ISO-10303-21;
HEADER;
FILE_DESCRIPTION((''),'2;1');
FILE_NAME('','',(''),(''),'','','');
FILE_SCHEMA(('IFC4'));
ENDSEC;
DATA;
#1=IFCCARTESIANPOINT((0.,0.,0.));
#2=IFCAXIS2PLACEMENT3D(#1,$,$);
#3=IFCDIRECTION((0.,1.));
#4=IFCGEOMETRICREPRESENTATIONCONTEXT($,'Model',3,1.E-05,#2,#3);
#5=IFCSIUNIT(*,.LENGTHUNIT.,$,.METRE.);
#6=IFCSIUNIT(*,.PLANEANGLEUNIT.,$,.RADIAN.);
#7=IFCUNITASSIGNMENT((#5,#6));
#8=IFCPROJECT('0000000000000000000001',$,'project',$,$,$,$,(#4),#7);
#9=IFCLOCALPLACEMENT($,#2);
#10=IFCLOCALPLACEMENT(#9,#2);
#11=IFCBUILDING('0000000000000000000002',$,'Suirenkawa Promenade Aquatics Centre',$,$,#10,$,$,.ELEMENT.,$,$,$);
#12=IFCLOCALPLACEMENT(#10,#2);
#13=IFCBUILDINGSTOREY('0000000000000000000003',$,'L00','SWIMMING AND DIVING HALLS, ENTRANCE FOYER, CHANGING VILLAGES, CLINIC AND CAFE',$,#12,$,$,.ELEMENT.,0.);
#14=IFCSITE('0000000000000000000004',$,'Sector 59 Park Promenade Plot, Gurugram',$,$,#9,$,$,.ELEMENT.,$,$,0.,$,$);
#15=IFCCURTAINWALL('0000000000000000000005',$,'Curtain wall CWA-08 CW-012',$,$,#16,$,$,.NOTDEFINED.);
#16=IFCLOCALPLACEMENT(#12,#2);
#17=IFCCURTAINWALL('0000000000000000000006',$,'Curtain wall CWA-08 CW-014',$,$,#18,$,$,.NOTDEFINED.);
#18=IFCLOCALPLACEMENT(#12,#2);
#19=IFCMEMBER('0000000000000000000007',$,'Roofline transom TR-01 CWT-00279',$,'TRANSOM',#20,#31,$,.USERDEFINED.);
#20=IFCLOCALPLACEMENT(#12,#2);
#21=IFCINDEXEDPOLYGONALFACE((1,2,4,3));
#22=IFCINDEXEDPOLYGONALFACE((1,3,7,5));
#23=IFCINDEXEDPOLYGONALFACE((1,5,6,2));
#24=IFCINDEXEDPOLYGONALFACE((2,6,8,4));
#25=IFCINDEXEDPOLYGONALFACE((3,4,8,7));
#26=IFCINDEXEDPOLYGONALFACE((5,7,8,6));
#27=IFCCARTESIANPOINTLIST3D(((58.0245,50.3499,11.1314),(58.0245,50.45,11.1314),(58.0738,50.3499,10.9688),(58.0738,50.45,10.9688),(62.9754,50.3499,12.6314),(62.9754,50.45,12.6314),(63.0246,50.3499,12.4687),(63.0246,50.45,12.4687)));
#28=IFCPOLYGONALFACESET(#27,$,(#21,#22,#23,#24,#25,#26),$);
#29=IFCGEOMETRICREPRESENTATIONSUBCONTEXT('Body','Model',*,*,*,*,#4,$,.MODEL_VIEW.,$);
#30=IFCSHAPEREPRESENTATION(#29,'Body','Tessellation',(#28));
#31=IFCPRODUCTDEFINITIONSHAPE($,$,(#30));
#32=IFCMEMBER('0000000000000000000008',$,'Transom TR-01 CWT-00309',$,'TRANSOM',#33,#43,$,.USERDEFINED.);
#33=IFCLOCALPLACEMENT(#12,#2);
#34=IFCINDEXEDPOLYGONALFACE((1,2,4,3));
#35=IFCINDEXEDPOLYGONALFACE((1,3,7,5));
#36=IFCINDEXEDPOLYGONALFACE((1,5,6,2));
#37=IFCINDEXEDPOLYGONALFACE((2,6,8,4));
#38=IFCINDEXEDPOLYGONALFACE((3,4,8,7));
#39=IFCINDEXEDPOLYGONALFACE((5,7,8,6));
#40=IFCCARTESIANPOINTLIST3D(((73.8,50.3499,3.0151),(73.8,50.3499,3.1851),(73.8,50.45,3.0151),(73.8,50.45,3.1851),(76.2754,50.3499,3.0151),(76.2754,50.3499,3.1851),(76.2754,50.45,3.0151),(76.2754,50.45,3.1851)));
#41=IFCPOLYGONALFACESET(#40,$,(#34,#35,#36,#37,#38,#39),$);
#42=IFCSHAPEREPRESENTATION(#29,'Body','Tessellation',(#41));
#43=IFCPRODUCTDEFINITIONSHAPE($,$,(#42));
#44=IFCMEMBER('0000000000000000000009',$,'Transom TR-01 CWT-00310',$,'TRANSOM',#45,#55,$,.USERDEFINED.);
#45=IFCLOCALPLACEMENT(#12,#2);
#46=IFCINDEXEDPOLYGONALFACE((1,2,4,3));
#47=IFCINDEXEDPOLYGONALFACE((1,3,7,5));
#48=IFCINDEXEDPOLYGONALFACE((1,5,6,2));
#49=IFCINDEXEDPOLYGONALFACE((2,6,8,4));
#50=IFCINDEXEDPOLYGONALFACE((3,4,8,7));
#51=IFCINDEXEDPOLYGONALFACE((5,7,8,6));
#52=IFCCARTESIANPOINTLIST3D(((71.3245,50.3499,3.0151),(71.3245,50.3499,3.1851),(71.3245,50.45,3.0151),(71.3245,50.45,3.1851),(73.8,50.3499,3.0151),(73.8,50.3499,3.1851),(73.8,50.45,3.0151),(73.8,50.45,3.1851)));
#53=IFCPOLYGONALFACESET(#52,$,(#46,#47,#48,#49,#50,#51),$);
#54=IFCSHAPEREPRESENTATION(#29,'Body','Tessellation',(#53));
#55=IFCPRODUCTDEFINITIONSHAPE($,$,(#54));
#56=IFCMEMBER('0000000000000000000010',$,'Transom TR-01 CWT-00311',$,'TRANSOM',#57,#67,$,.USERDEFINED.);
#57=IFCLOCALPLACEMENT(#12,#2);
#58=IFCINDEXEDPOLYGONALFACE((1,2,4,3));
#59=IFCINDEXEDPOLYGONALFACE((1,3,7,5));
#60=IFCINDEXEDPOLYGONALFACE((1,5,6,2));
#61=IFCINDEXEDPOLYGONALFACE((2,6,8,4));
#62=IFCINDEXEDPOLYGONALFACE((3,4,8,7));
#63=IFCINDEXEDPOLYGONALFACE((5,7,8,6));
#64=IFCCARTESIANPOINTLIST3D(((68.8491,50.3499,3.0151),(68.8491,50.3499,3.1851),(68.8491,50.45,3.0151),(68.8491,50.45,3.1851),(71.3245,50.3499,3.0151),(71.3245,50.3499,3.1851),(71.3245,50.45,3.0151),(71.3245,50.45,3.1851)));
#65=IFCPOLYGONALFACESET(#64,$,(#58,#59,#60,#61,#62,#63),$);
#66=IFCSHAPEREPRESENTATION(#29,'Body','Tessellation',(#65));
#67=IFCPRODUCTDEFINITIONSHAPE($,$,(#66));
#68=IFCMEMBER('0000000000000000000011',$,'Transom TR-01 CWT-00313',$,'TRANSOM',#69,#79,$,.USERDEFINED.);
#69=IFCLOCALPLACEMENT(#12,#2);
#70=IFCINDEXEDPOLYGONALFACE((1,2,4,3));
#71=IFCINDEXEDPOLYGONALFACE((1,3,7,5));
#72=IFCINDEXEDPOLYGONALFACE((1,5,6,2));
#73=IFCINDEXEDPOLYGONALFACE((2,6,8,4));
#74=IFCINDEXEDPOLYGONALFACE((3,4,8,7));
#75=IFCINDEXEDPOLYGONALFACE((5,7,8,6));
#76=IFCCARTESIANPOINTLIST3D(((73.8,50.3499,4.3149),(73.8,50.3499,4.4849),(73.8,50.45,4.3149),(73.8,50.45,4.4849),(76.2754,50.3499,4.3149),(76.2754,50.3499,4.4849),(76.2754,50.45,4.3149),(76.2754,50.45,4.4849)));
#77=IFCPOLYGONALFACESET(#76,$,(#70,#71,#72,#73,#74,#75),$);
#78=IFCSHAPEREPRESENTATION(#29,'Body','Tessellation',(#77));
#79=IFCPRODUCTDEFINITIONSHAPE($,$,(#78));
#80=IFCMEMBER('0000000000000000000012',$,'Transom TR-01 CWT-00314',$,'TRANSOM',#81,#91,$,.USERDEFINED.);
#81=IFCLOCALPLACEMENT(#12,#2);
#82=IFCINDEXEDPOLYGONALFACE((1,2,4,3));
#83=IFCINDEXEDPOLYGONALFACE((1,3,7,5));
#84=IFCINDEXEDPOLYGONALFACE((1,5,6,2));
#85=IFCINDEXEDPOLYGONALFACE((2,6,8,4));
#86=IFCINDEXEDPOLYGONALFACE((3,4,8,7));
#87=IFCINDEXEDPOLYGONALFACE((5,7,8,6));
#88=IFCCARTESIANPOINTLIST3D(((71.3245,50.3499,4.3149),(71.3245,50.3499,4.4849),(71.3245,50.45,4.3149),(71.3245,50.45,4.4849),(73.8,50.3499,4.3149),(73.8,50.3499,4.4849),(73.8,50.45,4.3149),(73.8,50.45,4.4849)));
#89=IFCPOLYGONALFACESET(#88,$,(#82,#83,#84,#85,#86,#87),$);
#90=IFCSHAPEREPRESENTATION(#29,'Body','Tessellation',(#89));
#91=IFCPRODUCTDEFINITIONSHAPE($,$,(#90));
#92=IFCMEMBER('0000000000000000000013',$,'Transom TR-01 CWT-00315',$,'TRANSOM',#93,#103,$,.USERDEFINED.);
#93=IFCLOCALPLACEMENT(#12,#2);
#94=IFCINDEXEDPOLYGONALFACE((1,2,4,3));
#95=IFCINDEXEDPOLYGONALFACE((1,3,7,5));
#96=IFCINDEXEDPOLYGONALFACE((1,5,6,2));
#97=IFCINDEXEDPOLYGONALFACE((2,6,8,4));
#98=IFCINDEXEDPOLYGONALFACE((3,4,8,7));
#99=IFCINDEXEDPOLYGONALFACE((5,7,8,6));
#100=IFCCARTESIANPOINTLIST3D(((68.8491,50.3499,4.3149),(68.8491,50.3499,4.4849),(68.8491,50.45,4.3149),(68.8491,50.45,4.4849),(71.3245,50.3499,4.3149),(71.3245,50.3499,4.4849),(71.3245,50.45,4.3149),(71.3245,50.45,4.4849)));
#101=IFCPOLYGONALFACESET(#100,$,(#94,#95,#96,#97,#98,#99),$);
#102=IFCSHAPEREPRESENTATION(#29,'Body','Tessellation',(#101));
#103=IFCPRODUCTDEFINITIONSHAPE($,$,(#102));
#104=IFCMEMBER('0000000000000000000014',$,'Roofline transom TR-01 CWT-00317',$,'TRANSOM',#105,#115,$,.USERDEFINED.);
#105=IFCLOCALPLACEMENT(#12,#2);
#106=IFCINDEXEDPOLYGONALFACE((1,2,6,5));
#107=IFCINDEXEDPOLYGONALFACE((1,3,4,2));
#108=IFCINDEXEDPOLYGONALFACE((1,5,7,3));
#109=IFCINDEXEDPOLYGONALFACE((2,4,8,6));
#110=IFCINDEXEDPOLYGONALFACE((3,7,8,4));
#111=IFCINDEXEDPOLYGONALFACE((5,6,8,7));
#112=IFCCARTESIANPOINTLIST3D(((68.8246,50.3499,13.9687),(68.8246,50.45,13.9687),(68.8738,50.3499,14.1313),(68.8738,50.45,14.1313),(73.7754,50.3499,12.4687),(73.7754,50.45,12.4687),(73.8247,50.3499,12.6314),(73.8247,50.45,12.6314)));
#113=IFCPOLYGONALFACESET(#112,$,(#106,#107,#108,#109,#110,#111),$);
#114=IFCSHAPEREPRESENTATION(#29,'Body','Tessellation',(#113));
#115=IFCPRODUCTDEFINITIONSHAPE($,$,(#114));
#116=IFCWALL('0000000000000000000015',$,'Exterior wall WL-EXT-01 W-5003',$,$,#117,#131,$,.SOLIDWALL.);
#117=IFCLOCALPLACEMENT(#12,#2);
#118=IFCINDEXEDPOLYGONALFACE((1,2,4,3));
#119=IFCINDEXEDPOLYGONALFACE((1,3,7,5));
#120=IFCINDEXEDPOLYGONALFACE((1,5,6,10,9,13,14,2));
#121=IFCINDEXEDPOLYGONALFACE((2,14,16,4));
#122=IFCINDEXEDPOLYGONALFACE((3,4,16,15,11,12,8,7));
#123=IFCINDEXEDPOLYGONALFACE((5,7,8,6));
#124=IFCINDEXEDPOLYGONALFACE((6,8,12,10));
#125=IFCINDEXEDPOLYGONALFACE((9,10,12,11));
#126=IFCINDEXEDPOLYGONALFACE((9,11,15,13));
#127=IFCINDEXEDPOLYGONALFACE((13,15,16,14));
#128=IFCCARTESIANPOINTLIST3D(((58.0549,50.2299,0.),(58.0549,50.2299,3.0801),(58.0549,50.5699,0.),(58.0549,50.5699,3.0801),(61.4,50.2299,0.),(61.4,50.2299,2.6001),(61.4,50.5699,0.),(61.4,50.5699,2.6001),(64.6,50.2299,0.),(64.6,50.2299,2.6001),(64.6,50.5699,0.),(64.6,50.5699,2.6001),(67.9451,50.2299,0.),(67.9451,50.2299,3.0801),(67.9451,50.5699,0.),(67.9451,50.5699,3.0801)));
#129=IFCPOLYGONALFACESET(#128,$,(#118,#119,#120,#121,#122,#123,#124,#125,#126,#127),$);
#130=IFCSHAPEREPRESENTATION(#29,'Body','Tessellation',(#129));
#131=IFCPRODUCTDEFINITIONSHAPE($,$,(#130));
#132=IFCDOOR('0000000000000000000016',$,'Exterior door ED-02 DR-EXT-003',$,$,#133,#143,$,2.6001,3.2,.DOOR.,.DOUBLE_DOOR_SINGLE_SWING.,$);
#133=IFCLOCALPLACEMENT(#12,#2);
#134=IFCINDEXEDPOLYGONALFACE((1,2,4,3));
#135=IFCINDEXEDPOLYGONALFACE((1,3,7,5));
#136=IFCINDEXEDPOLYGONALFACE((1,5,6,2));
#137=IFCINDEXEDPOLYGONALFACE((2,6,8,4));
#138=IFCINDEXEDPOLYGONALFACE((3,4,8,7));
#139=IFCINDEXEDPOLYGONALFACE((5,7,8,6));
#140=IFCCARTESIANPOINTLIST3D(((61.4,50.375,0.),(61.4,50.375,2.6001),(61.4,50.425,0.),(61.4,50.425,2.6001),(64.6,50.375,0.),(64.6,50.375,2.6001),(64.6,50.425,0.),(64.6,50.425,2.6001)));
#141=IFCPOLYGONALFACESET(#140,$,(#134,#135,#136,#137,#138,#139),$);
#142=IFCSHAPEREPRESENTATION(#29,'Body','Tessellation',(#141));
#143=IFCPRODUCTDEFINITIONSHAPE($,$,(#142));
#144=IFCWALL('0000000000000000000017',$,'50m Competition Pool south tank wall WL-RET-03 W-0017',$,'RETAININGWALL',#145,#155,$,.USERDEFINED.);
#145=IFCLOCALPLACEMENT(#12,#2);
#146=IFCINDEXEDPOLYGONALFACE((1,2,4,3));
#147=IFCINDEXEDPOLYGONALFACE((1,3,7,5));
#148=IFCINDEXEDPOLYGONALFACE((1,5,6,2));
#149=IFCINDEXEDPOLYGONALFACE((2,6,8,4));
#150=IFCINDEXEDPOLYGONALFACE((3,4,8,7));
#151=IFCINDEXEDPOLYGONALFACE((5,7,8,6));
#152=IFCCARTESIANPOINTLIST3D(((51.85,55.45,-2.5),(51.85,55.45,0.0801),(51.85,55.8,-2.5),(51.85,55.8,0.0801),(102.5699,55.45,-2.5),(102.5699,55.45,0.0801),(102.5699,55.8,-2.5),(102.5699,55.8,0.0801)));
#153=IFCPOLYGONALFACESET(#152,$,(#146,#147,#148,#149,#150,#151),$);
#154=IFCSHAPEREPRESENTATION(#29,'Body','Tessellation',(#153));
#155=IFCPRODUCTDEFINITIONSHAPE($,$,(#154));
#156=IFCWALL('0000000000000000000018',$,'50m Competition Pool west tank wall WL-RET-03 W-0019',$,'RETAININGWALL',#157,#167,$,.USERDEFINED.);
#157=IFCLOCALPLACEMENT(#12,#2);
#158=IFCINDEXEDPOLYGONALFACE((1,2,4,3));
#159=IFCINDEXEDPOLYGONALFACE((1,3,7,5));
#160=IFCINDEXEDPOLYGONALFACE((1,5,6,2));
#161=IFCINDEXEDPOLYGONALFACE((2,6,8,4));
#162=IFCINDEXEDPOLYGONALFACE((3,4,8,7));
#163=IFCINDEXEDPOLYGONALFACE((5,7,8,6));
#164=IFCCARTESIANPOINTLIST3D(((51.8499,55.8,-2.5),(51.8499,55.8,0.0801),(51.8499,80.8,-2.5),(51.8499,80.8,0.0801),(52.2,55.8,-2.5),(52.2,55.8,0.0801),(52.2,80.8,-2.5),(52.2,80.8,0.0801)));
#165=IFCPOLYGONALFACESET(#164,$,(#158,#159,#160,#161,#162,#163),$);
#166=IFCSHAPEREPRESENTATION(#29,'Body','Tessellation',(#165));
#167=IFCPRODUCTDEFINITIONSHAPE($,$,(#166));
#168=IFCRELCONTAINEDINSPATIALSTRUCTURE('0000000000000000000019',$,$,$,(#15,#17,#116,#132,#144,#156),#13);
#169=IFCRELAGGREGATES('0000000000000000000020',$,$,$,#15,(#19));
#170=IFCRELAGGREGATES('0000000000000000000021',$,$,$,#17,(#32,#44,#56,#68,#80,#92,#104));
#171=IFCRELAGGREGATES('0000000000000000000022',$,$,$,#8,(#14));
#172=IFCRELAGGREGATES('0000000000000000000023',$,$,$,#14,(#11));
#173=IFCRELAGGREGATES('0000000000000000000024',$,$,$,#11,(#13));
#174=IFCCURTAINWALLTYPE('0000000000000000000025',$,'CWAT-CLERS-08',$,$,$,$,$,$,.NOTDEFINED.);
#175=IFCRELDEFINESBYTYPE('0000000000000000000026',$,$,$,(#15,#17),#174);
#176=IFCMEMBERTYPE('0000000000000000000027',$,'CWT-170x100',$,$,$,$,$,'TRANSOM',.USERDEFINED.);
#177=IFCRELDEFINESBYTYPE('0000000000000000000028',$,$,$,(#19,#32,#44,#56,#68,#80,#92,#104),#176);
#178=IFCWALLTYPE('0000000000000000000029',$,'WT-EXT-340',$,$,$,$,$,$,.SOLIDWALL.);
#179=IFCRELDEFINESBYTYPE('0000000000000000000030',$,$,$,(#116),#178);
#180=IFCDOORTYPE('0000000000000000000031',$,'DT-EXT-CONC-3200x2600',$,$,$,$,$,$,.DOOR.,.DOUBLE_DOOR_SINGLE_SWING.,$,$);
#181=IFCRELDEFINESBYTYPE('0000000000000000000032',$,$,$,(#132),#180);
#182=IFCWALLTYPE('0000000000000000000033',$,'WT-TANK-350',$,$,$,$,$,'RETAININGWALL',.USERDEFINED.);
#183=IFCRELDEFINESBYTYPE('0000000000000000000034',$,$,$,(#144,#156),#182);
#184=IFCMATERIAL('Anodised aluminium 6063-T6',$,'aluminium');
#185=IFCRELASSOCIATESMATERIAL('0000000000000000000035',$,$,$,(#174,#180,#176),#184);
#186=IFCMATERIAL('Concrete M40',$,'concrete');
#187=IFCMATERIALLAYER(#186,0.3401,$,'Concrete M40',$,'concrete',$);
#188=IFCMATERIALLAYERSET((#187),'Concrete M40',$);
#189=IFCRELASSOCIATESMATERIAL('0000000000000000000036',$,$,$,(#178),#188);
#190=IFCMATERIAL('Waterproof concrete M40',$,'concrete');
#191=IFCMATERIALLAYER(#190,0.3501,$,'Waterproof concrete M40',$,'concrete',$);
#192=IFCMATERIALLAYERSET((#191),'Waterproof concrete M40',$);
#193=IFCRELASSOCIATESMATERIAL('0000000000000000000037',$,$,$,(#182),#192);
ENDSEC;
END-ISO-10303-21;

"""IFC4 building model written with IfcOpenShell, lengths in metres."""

from ifc_helpers import new_model, si_unit, direction, frame, frame_2d, origin, origin_2d, place, context, subcontext, project, spatial, rectangle, extrude, material, layer, layer_set, material_profile, profile_set, type_object, element, fill, aggregate, save


model = new_model("IFC4")

# Units and contexts
model_context = context("Model", 3, precision=1e-05, world=origin(), true_north=direction((0.0, 1.0)))
body_context = subcontext(model_context, "Body", "Model", "MODEL_VIEW")
ifc_project = project(units=[si_unit("LENGTHUNIT", "METRE"), si_unit("PLANEANGLEUNIT", "RADIAN")], contexts=[model_context])

# Site, building, storey
site_placement = place(None, origin())
site = spatial("IfcSite", under=ifc_project, at=site_placement, Name="Sector 59 Park Promenade Plot, Gurugram", CompositionType="ELEMENT", RefElevation=0.0)
building_placement = place(site_placement, origin())
building = spatial("IfcBuilding", under=site, at=building_placement, Name="Suirenkawa Promenade Aquatics Centre", CompositionType="ELEMENT")
storey_placement = place(building_placement, origin())
storey = spatial("IfcBuildingStorey", under=building, at=storey_placement, Name="L00", Description="SWIMMING AND DIVING HALLS, ENTRANCE FOYER, CHANGING VILLAGES, CLINIC AND CAFE", CompositionType="ELEMENT", Elevation=0.0)

# Shared definitions
ifc_material_1 = material(Name="Concrete M40", Category="concrete")

# Curtain walls
ifc_material_2 = material(Name="Anodised aluminium 6063-T6", Category="aluminium")
curtain_wall_type = type_object("IfcCurtainWallType", Name="CWAT-CLERS-08", PredefinedType="NOTDEFINED", material=ifc_material_2)
curtain_wall_1_placement = place(storey_placement, origin())
curtain_wall_1 = element("IfcCurtainWall", 1, at=curtain_wall_1_placement, inside=storey, type_object=curtain_wall_type, Name="Curtain wall CWA-08 CW-012", PredefinedType="NOTDEFINED")
curtain_wall_2_placement = place(storey_placement, origin())
curtain_wall_2 = element("IfcCurtainWall", 2, at=curtain_wall_2_placement, inside=storey, type_object=curtain_wall_type, Name="Curtain wall CWA-08 CW-014", PredefinedType="NOTDEFINED")

# Members
ifc_material_profile_1 = material_profile(ifc_material_2, rectangle(XDim=0.1001, YDim=0.1699, at=origin_2d()), Name="ALU TRAN 100x170", Category="aluminium")
ifc_profile_set_1 = profile_set([ifc_material_profile_1], Name="Anodised aluminium 6063-T6")
member_type_1 = type_object("IfcMemberType", Name="CWT-170x100", ElementType="TRANSOM", PredefinedType="USERDEFINED", material=ifc_profile_set_1)
member_1_placement = place(storey_placement, frame((63.0, 50.3999, 12.55), z_axis=(-0.957039, 0.0, -0.289958), x_axis=(0.0, -1.0, 0.0)))
member_1 = element("IfcMember", 3, at=member_1_placement, type_object=member_type_1, Name="Roofline transom TR-01 CWT-00279", ObjectType="TRANSOM", PredefinedType="USERDEFINED", context=body_context, shape_type="SweptSolid", body=[
    extrude(rectangle(XDim=0.1001, YDim=0.1699, at=origin_2d()), origin(), (0.0, 0.0, 1.0), 5.1731),
])
member_2_placement = place(storey_placement, frame((76.2754, 50.3999, 3.1001), z_axis=(-1.0, 0.0, 0.0), x_axis=(0.0, -1.0, 0.0)))
member_2 = element("IfcMember", 4, at=member_2_placement, type_object=member_type_1, Name="Transom TR-01 CWT-00309", ObjectType="TRANSOM", PredefinedType="USERDEFINED", context=body_context, shape_type="SweptSolid", body=[
    extrude(rectangle(XDim=0.1001, YDim=0.1699, at=origin_2d()), origin(), (0.0, 0.0, 1.0), 2.4753),
])
member_3_placement = place(storey_placement, frame((73.8, 50.3999, 3.1001), z_axis=(-1.0, 0.0, 0.0), x_axis=(0.0, -1.0, 0.0)))
member_3 = element("IfcMember", 5, at=member_3_placement, type_object=member_type_1, Name="Transom TR-01 CWT-00310", ObjectType="TRANSOM", PredefinedType="USERDEFINED", context=body_context, shape_type="SweptSolid", body=[
    extrude(rectangle(XDim=0.1001, YDim=0.1699, at=origin_2d()), origin(), (0.0, 0.0, 1.0), 2.4756),
])
member_4_placement = place(storey_placement, frame((71.3245, 50.3999, 3.1001), z_axis=(-1.0, 0.0, 0.0), x_axis=(0.0, -1.0, 0.0)))
member_4 = element("IfcMember", 6, at=member_4_placement, type_object=member_type_1, Name="Transom TR-01 CWT-00311", ObjectType="TRANSOM", PredefinedType="USERDEFINED", context=body_context, shape_type="SweptSolid", body=[
    extrude(rectangle(XDim=0.1001, YDim=0.1699, at=origin_2d()), origin(), (0.0, 0.0, 1.0), 2.4753),
])
member_5_placement = place(storey_placement, frame((76.2754, 50.3999, 4.3999), z_axis=(-1.0, 0.0, 0.0), x_axis=(0.0, -1.0, 0.0)))
member_5 = element("IfcMember", 7, at=member_5_placement, type_object=member_type_1, Name="Transom TR-01 CWT-00313", ObjectType="TRANSOM", PredefinedType="USERDEFINED", context=body_context, shape_type="SweptSolid", body=[
    extrude(rectangle(XDim=0.1001, YDim=0.1699, at=origin_2d()), origin(), (0.0, 0.0, 1.0), 2.4753),
])
member_6_placement = place(storey_placement, frame((73.8, 50.3999, 4.3999), z_axis=(-1.0, 0.0, 0.0), x_axis=(0.0, -1.0, 0.0)))
member_6 = element("IfcMember", 8, at=member_6_placement, type_object=member_type_1, Name="Transom TR-01 CWT-00314", ObjectType="TRANSOM", PredefinedType="USERDEFINED", context=body_context, shape_type="SweptSolid", body=[
    extrude(rectangle(XDim=0.1001, YDim=0.1699, at=origin_2d()), origin(), (0.0, 0.0, 1.0), 2.4756),
])
member_7_placement = place(storey_placement, frame((71.3245, 50.3999, 4.3999), z_axis=(-1.0, 0.0, 0.0), x_axis=(0.0, -1.0, 0.0)))
member_7 = element("IfcMember", 9, at=member_7_placement, type_object=member_type_1, Name="Transom TR-01 CWT-00315", ObjectType="TRANSOM", PredefinedType="USERDEFINED", context=body_context, shape_type="SweptSolid", body=[
    extrude(rectangle(XDim=0.1001, YDim=0.1699, at=origin_2d()), origin(), (0.0, 0.0, 1.0), 2.4753),
])
member_8_placement = place(storey_placement, frame((73.8, 50.3999, 12.55), z_axis=(-0.957039, 0.0, 0.289958), x_axis=(0.0, -1.0, 0.0)))
member_8 = element("IfcMember", 10, at=member_8_placement, type_object=member_type_1, Name="Roofline transom TR-01 CWT-00317", ObjectType="TRANSOM", PredefinedType="USERDEFINED", context=body_context, shape_type="SweptSolid", body=[
    extrude(rectangle(XDim=0.1001, YDim=0.1699, at=origin_2d()), origin(), (0.0, 0.0, 1.0), 5.1731),
])

aggregate(curtain_wall_1, [member_1])
aggregate(curtain_wall_2, [member_2, member_3, member_4, member_5, member_6, member_7, member_8])

# Wall, opening, door
ifc_layer_1 = layer(ifc_material_1, 0.3401, Name="Concrete M40", Category="concrete")
ifc_layer_set_1 = layer_set([ifc_layer_1], Name="Concrete M40")
wall_type_1 = type_object("IfcWallType", Name="WT-EXT-340", PredefinedType="SOLIDWALL", material=ifc_layer_set_1)
wall_1_placement = place(storey_placement, frame((67.9451, 50.3999, 0.0), z_axis=(0.0, 0.0, 1.0), x_axis=(-1.0, 0.0, 0.0)))
wall_1 = element("IfcWall", 11, at=wall_1_placement, inside=storey, type_object=wall_type_1, Name="Exterior wall WL-EXT-01 W-5003", PredefinedType="SOLIDWALL", context=body_context, shape_type="SweptSolid", body=[
    extrude(rectangle(XDim=9.8901, YDim=0.3401, at=frame_2d((4.9451, 0.0))), origin(), (0.0, 0.0, 1.0), 3.0801),
])
opening_placement = place(wall_1_placement, frame((3.345, 0.0, 0.0)))
opening = element("IfcOpeningElement", 12, at=opening_placement, cuts=wall_1, PredefinedType="OPENING", context=body_context, shape_type="SweptSolid", body=[
    extrude(rectangle(XDim=3.2, YDim=2.6001, at=frame_2d((1.6001, 1.3))), frame((0.0, 0.1799, 0.0), z_axis=(0.0, -1.0, 0.0), x_axis=(1.0, 0.0, 0.0)), (0.0, 0.0, 1.0), 0.3601),
])
door_type = type_object("IfcDoorType", Name="DT-EXT-CONC-3200x2600", OperationType="DOUBLE_DOOR_SINGLE_SWING", PredefinedType="DOOR", material=ifc_material_2)
door_placement = place(opening_placement, origin())
door = element("IfcDoor", 13, at=door_placement, inside=storey, type_object=door_type, Name="Exterior door ED-02 DR-EXT-003", OperationType="DOUBLE_DOOR_SINGLE_SWING", OverallHeight=2.6001, OverallWidth=3.2, PredefinedType="DOOR", context=body_context, shape_type="SweptSolid", body=[
    extrude(rectangle(XDim=3.2, YDim=2.6001, at=frame_2d((1.6001, 1.3))), frame((0.0, 0.0249, 0.0), z_axis=(0.0, -1.0, 0.0), x_axis=(1.0, 0.0, 0.0)), (0.0, 0.0, 1.0), 0.05),
])
fill(opening, door)

# Walls
ifc_material_3 = material(Name="Waterproof concrete M40", Category="concrete")
ifc_layer_2 = layer(ifc_material_3, 0.3501, Name="Waterproof concrete M40", Category="concrete")
ifc_layer_set_2 = layer_set([ifc_layer_2], Name="Waterproof concrete M40")
wall_type_2 = type_object("IfcWallType", Name="WT-TANK-350", ElementType="RETAININGWALL", PredefinedType="USERDEFINED", material=ifc_layer_set_2)
wall_2_placement = place(storey_placement, frame((51.8501, 55.625, -2.5), z_axis=(0.0, 0.0, 1.0), x_axis=(1.0, 0.0, 0.0)))
element("IfcWall", 14, at=wall_2_placement, inside=storey, type_object=wall_type_2, Name="50m Competition Pool south tank wall WL-RET-03 W-0017", ObjectType="RETAININGWALL", PredefinedType="USERDEFINED", context=body_context, shape_type="SweptSolid", body=[
    extrude(rectangle(XDim=50.72, YDim=0.3501, at=frame_2d((25.3599, 0.0))), origin(), (0.0, 0.0, 1.0), 2.5801),
])
wall_3_placement = place(storey_placement, frame((52.0249, 55.8, -2.5), z_axis=(0.0, 0.0, 1.0), x_axis=(0.0, 1.0, 0.0)))
element("IfcWall", 15, at=wall_3_placement, inside=storey, type_object=wall_type_2, Name="50m Competition Pool west tank wall WL-RET-03 W-0019", ObjectType="RETAININGWALL", PredefinedType="USERDEFINED", context=body_context, shape_type="SweptSolid", body=[
    extrude(rectangle(XDim=25.0, YDim=0.3501, at=frame_2d((12.5, 0.0))), origin(), (0.0, 0.0, 1.0), 2.5801),
])

save(model, "model.ifc")
